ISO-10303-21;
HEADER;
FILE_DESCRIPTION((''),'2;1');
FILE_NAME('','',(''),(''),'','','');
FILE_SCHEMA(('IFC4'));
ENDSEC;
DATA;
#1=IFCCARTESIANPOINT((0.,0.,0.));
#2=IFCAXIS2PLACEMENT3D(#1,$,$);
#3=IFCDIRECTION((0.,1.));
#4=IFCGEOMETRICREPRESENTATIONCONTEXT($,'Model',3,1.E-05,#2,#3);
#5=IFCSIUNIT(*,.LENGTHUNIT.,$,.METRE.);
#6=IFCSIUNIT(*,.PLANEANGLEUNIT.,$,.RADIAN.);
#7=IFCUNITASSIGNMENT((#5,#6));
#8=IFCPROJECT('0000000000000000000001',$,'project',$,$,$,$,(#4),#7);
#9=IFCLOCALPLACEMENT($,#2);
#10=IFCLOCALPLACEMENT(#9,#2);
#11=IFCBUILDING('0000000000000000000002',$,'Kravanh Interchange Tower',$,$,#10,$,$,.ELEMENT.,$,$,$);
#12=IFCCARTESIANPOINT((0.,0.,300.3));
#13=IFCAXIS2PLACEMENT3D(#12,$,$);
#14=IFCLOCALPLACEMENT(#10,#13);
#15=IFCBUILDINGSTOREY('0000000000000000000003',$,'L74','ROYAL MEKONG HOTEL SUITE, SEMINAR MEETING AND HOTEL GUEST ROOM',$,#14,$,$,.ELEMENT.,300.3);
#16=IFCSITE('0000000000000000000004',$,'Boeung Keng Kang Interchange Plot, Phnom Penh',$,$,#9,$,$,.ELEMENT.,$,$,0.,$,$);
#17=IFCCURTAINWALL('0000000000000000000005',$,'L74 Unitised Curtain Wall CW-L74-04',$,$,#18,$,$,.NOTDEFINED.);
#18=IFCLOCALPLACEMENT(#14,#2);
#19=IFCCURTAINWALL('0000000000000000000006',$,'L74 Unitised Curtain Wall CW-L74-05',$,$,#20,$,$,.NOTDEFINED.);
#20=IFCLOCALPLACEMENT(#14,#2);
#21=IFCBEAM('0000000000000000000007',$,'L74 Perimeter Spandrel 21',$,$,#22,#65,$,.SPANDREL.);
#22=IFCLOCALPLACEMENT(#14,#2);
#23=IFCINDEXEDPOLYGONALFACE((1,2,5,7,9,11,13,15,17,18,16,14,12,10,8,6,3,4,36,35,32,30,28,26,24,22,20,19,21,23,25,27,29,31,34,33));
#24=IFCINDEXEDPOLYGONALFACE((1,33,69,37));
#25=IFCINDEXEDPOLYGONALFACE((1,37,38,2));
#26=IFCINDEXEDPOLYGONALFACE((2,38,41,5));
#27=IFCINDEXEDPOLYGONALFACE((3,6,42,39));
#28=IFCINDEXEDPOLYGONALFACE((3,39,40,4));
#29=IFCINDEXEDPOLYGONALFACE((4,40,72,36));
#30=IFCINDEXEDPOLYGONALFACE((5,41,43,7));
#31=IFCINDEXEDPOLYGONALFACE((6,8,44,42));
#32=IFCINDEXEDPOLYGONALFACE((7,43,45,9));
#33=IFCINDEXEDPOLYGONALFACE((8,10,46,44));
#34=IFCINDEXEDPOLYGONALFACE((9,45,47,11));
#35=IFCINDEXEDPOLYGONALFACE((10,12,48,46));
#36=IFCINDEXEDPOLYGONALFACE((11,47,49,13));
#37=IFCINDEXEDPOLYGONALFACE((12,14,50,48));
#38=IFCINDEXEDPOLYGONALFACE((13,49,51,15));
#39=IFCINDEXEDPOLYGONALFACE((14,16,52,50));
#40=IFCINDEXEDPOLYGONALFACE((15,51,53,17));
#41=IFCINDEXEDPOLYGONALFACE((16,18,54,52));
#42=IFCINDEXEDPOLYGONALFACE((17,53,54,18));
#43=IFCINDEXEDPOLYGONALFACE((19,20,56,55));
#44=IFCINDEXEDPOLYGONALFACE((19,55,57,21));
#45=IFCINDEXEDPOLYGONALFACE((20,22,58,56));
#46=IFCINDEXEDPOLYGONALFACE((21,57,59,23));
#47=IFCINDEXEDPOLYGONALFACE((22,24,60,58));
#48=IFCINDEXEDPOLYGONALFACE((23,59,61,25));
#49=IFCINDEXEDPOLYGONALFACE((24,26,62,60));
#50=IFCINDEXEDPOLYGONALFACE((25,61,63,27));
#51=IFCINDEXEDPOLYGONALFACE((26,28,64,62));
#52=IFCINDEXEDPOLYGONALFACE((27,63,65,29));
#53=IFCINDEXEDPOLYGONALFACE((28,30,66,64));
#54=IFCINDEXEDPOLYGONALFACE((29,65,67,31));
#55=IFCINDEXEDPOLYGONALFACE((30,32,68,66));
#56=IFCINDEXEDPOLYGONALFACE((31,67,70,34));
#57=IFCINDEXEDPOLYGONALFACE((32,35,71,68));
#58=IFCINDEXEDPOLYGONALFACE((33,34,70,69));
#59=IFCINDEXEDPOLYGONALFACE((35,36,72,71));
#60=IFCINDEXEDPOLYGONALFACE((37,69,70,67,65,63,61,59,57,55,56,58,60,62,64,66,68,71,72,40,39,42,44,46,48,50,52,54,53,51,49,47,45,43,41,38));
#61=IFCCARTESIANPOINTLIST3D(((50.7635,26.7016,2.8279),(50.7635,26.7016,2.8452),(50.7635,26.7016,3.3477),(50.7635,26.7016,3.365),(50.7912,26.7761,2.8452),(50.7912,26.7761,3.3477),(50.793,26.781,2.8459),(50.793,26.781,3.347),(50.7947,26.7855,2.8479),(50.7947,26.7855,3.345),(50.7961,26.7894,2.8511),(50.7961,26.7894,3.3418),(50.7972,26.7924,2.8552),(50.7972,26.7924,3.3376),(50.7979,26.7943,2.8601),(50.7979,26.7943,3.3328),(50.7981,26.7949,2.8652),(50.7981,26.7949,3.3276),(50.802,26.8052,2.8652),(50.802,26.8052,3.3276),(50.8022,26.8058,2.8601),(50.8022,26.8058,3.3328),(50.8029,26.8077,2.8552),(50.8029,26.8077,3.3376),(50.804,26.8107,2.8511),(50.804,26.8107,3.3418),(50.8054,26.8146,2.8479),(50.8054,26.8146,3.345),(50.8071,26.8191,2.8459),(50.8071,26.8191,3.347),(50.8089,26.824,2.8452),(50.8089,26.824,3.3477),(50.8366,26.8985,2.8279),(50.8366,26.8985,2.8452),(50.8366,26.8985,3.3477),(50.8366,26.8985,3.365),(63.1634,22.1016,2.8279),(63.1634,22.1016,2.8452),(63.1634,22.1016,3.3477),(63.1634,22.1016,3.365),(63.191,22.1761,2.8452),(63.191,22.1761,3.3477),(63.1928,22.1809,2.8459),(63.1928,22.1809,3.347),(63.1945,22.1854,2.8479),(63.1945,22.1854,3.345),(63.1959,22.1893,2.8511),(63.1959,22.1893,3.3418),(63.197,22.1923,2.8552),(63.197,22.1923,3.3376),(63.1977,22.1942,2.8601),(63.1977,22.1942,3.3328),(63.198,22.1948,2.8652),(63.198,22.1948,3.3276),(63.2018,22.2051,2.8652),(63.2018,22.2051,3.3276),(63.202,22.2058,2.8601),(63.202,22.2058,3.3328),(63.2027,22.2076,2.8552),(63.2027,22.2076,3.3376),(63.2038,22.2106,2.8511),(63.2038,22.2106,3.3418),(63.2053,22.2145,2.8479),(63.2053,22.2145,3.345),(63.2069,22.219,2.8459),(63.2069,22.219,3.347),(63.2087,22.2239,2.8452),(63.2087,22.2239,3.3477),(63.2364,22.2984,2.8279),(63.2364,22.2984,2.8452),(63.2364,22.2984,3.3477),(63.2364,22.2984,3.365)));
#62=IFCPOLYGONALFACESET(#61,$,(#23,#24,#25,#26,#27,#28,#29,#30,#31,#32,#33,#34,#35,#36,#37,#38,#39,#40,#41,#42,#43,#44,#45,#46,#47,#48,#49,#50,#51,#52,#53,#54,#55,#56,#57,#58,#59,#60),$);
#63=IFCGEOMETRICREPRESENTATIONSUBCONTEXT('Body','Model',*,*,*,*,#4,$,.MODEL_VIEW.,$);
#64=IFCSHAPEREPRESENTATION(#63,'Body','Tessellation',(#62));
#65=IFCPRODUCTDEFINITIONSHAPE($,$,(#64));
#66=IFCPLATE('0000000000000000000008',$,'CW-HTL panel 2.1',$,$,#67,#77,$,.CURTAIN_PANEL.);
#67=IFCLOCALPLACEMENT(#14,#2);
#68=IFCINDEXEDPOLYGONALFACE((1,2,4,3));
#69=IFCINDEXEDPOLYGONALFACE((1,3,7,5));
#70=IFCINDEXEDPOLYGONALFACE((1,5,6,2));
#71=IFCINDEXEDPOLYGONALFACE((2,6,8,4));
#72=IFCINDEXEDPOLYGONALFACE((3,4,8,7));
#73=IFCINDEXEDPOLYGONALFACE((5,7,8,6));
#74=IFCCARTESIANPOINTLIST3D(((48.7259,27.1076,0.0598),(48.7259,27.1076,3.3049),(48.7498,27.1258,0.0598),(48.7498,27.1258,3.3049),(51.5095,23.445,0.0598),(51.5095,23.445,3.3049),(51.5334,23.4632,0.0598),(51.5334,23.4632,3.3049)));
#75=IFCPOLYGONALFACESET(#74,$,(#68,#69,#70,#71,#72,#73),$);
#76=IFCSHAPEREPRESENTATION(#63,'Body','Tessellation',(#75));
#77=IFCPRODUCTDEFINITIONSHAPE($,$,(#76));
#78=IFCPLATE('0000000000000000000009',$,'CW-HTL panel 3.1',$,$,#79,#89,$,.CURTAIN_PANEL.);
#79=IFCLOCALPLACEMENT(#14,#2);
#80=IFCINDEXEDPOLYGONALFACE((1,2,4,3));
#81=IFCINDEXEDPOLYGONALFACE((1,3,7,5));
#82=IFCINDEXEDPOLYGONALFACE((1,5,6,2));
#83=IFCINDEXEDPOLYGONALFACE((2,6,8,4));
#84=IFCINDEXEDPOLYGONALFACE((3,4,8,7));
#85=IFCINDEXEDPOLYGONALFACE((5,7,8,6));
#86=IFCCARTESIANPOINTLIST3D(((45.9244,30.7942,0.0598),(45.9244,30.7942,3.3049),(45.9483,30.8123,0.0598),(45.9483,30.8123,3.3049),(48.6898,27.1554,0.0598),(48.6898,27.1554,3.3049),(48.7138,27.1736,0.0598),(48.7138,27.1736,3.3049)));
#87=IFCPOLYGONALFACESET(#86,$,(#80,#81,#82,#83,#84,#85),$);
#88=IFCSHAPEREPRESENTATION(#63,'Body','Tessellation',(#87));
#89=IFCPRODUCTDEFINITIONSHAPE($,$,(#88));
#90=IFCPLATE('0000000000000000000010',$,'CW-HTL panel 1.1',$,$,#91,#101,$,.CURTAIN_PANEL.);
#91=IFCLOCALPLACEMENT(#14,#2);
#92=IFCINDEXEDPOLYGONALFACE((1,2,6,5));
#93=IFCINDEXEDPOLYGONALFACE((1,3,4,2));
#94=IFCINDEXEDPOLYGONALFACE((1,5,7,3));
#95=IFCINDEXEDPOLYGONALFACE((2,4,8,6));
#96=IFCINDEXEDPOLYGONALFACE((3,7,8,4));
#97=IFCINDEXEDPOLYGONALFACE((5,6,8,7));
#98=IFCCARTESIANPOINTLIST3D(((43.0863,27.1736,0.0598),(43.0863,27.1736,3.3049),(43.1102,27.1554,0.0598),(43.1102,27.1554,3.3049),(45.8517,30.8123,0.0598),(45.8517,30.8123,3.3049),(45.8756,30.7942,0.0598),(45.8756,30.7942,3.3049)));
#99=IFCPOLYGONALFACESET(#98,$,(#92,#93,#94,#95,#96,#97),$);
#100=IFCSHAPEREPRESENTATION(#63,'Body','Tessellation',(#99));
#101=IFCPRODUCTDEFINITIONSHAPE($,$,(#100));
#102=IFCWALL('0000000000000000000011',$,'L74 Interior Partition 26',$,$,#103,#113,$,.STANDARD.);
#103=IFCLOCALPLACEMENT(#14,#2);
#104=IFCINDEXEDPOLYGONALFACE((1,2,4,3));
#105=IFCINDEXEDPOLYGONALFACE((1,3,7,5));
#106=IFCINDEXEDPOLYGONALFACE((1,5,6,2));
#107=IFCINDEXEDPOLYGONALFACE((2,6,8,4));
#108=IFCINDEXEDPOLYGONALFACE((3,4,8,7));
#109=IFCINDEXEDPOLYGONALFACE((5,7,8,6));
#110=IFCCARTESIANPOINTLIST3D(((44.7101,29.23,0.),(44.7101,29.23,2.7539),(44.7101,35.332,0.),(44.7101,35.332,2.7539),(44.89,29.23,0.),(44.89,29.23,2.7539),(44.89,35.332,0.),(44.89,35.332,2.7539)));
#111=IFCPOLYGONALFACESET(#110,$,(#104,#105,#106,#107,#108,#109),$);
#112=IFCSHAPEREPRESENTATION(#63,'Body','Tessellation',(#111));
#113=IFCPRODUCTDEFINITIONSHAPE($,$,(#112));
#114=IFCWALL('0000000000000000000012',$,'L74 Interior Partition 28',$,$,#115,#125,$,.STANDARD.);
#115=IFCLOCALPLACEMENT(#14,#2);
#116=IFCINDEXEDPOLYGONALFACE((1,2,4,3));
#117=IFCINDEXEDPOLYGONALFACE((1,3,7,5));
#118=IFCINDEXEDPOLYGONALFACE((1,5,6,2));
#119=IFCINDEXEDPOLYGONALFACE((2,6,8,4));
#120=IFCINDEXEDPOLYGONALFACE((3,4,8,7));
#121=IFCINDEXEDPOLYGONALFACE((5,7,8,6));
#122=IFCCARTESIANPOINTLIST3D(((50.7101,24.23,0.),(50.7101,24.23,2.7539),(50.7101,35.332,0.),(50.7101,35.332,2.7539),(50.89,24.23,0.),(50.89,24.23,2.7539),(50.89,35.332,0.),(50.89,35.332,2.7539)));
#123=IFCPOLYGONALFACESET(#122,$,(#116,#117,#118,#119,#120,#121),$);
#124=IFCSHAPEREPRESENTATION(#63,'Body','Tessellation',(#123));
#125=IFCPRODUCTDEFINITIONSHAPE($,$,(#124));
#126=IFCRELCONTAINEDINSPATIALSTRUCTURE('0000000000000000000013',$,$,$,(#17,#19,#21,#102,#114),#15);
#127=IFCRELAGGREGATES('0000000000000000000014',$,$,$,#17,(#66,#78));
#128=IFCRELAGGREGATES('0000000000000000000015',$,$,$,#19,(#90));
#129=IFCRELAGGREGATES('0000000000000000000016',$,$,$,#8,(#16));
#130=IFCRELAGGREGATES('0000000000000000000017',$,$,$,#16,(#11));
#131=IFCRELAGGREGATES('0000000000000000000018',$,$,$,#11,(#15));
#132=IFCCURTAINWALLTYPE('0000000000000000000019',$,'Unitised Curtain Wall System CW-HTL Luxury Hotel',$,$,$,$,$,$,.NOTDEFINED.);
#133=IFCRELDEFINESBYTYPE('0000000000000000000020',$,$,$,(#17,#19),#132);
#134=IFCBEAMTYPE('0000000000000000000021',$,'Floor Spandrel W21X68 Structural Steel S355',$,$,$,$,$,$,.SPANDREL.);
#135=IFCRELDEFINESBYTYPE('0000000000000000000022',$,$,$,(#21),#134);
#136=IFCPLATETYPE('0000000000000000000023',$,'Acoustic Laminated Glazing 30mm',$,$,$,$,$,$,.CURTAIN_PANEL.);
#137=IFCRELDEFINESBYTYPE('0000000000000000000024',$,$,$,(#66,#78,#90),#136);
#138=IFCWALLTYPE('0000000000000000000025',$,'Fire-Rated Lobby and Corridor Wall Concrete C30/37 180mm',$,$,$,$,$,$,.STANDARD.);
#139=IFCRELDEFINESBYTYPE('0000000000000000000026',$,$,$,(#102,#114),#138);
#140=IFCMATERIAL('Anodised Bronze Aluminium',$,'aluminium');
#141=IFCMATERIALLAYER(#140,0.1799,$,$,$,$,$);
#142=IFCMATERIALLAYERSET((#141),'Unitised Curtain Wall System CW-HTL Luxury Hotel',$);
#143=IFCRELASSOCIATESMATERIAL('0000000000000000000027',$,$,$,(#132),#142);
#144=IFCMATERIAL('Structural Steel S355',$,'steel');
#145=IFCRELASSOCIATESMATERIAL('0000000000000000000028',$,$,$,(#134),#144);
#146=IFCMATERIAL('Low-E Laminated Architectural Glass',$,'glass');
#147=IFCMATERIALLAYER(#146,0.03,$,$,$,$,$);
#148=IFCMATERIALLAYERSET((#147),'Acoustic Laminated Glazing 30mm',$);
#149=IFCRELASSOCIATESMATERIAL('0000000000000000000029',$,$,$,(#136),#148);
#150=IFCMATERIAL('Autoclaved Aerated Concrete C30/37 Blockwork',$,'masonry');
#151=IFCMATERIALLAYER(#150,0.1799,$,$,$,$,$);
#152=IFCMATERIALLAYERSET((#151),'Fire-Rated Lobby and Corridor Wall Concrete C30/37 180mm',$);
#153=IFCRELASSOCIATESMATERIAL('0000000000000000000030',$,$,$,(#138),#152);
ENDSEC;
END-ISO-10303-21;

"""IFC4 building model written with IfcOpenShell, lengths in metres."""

from ifc_helpers import new_model, si_unit, direction, frame, frame_2d, origin, origin_2d, place, context, subcontext, project, spatial, rectangle, i_section, extrude, material, layer, layer_set, material_profile, profile_set, type_object, element, aggregate, save


model = new_model("IFC4")

# Units and contexts
model_context = context("Model", 3, precision=1e-05, world=origin(), true_north=direction((0.0, 1.0)))
body_context = subcontext(model_context, "Body", "Model", "MODEL_VIEW")
ifc_project = project(units=[si_unit("LENGTHUNIT", "METRE"), si_unit("PLANEANGLEUNIT", "RADIAN")], contexts=[model_context])

# Site, building, storey
site_placement = place(None, origin())
site = spatial("IfcSite", under=ifc_project, at=site_placement, Name="Boeung Keng Kang Interchange Plot, Phnom Penh", CompositionType="ELEMENT", RefElevation=0.0)
building_placement = place(site_placement, origin())
building = spatial("IfcBuilding", under=site, at=building_placement, Name="Kravanh Interchange Tower", CompositionType="ELEMENT")
storey_placement = place(building_placement, frame((0.0, 0.0, 300.3)))
storey = spatial("IfcBuildingStorey", under=building, at=storey_placement, Name="L74", Description="ROYAL MEKONG HOTEL SUITE, SEMINAR MEETING AND HOTEL GUEST ROOM", CompositionType="ELEMENT", Elevation=300.3)

# Curtain walls
ifc_material_1 = material(Name="Anodised Bronze Aluminium", Category="aluminium")
ifc_layer_1 = layer(ifc_material_1, 0.1799)
ifc_layer_set_1 = layer_set([ifc_layer_1], Name="Unitised Curtain Wall System CW-HTL Luxury Hotel")
curtain_wall_type = type_object("IfcCurtainWallType", Name="Unitised Curtain Wall System CW-HTL Luxury Hotel", PredefinedType="NOTDEFINED", material=ifc_layer_set_1)
curtain_wall_1_placement = place(storey_placement, origin())
curtain_wall_1 = element("IfcCurtainWall", 1, at=curtain_wall_1_placement, inside=storey, type_object=curtain_wall_type, Name="L74 Unitised Curtain Wall CW-L74-04", PredefinedType="NOTDEFINED")
curtain_wall_2_placement = place(storey_placement, origin())
curtain_wall_2 = element("IfcCurtainWall", 2, at=curtain_wall_2_placement, inside=storey, type_object=curtain_wall_type, Name="L74 Unitised Curtain Wall CW-L74-05", PredefinedType="NOTDEFINED")

# Beam
ifc_material_2 = material(Name="Structural Steel S355", Category="steel")
ifc_material_profile_1 = material_profile(ifc_material_2, i_section(OverallWidth=0.21, OverallDepth=0.5371, WebThickness=0.011, FlangeThickness=0.0173, FilletRadius=0.02, at=origin_2d()), Name="W21X68")
ifc_profile_set_1 = profile_set([ifc_material_profile_1], Name="Structural Steel S355")
beam_type_1 = type_object("IfcBeamType", Name="Floor Spandrel W21X68 Structural Steel S355", PredefinedType="SPANDREL", material=ifc_profile_set_1)
beam_1_placement = place(storey_placement, frame((50.8, 26.8, 3.0964), z_axis=(0.937563, -0.347816, 0.0), x_axis=(0.347816, 0.937563, 0.0)))
element("IfcBeam", 3, at=beam_1_placement, inside=storey, type_object=beam_type_1, Name="L74 Perimeter Spandrel 21", PredefinedType="SPANDREL", context=body_context, shape_type="SweptSolid", body=[
    extrude(i_section(OverallWidth=0.21, OverallDepth=0.5371, WebThickness=0.011, FlangeThickness=0.0173, FilletRadius=0.02, at=origin_2d()), origin(), (0.0, 0.0, 1.0), 13.2256),
])

# Plates
ifc_material_3 = material(Name="Low-E Laminated Architectural Glass", Category="glass")
ifc_layer_2 = layer(ifc_material_3, 0.03)
ifc_layer_set_2 = layer_set([ifc_layer_2], Name="Acoustic Laminated Glazing 30mm")
plate_type = type_object("IfcPlateType", Name="Acoustic Laminated Glazing 30mm", PredefinedType="CURTAIN_PANEL", material=ifc_layer_set_2)
plate_1_placement = place(storey_placement, frame((50.1296, 25.2854, 0.0598), z_axis=(0.0, 0.0, 1.0), x_axis=(-0.605084, 0.796162, 0.0)))
plate_1 = element("IfcPlate", 4, at=plate_1_placement, type_object=plate_type, Name="CW-HTL panel 2.1", PredefinedType="CURTAIN_PANEL", context=body_context, shape_type="SweptSolid", body=[
    extrude(rectangle(XDim=4.6003, YDim=0.03, at=origin_2d()), origin(), (0.0, 0.0, 1.0), 3.2451),
])
plate_2_placement = place(storey_placement, frame((47.3191, 28.9839, 0.0598), z_axis=(0.0, 0.0, 1.0), x_axis=(-0.605084, 0.796162, 0.0)))
plate_2 = element("IfcPlate", 5, at=plate_2_placement, type_object=plate_type, Name="CW-HTL panel 3.1", PredefinedType="CURTAIN_PANEL", context=body_context, shape_type="SweptSolid", body=[
    extrude(rectangle(XDim=4.5703, YDim=0.03, at=origin_2d()), origin(), (0.0, 0.0, 1.0), 3.2451),
])
aggregate(curtain_wall_1, [plate_1, plate_2])
plate_3_placement = place(storey_placement, frame((44.481, 28.9839, 0.0598), z_axis=(0.0, 0.0, 1.0), x_axis=(-0.605084, -0.796162, 0.0)))
plate_3 = element("IfcPlate", 6, at=plate_3_placement, type_object=plate_type, Name="CW-HTL panel 1.1", PredefinedType="CURTAIN_PANEL", context=body_context, shape_type="SweptSolid", body=[
    extrude(rectangle(XDim=4.5703, YDim=0.03, at=origin_2d()), origin(), (0.0, 0.0, 1.0), 3.2451),
])
aggregate(curtain_wall_2, [plate_3])

# Walls
ifc_material_4 = material(Name="Autoclaved Aerated Concrete C30/37 Blockwork", Category="masonry")
ifc_layer_3 = layer(ifc_material_4, 0.1799)
ifc_layer_set_3 = layer_set([ifc_layer_3], Name="Fire-Rated Lobby and Corridor Wall Concrete C30/37 180mm")
wall_type_1 = type_object("IfcWallType", Name="Fire-Rated Lobby and Corridor Wall Concrete C30/37 180mm", PredefinedType="STANDARD", material=ifc_layer_set_3)
wall_1_placement = place(storey_placement, frame((44.8, 29.23, 0.0), z_axis=(0.0, 0.0, 1.0), x_axis=(0.0, 1.0, 0.0)))
element("IfcWall", 7, at=wall_1_placement, inside=storey, type_object=wall_type_1, Name="L74 Interior Partition 26", PredefinedType="STANDARD", context=body_context, shape_type="SweptSolid", body=[
    extrude(rectangle(XDim=6.1021, YDim=0.1799, at=frame_2d((3.051, 0.0))), origin(), (0.0, 0.0, 1.0), 2.7539),
])
wall_2_placement = place(storey_placement, frame((50.8, 24.23, 0.0), z_axis=(0.0, 0.0, 1.0), x_axis=(0.0, 1.0, 0.0)))
element("IfcWall", 8, at=wall_2_placement, inside=storey, type_object=wall_type_1, Name="L74 Interior Partition 28", PredefinedType="STANDARD", context=body_context, shape_type="SweptSolid", body=[
    extrude(rectangle(XDim=11.1021, YDim=0.1799, at=frame_2d((5.551, 0.0))), origin(), (0.0, 0.0, 1.0), 2.7539),
])

save(model, "model.ifc")
